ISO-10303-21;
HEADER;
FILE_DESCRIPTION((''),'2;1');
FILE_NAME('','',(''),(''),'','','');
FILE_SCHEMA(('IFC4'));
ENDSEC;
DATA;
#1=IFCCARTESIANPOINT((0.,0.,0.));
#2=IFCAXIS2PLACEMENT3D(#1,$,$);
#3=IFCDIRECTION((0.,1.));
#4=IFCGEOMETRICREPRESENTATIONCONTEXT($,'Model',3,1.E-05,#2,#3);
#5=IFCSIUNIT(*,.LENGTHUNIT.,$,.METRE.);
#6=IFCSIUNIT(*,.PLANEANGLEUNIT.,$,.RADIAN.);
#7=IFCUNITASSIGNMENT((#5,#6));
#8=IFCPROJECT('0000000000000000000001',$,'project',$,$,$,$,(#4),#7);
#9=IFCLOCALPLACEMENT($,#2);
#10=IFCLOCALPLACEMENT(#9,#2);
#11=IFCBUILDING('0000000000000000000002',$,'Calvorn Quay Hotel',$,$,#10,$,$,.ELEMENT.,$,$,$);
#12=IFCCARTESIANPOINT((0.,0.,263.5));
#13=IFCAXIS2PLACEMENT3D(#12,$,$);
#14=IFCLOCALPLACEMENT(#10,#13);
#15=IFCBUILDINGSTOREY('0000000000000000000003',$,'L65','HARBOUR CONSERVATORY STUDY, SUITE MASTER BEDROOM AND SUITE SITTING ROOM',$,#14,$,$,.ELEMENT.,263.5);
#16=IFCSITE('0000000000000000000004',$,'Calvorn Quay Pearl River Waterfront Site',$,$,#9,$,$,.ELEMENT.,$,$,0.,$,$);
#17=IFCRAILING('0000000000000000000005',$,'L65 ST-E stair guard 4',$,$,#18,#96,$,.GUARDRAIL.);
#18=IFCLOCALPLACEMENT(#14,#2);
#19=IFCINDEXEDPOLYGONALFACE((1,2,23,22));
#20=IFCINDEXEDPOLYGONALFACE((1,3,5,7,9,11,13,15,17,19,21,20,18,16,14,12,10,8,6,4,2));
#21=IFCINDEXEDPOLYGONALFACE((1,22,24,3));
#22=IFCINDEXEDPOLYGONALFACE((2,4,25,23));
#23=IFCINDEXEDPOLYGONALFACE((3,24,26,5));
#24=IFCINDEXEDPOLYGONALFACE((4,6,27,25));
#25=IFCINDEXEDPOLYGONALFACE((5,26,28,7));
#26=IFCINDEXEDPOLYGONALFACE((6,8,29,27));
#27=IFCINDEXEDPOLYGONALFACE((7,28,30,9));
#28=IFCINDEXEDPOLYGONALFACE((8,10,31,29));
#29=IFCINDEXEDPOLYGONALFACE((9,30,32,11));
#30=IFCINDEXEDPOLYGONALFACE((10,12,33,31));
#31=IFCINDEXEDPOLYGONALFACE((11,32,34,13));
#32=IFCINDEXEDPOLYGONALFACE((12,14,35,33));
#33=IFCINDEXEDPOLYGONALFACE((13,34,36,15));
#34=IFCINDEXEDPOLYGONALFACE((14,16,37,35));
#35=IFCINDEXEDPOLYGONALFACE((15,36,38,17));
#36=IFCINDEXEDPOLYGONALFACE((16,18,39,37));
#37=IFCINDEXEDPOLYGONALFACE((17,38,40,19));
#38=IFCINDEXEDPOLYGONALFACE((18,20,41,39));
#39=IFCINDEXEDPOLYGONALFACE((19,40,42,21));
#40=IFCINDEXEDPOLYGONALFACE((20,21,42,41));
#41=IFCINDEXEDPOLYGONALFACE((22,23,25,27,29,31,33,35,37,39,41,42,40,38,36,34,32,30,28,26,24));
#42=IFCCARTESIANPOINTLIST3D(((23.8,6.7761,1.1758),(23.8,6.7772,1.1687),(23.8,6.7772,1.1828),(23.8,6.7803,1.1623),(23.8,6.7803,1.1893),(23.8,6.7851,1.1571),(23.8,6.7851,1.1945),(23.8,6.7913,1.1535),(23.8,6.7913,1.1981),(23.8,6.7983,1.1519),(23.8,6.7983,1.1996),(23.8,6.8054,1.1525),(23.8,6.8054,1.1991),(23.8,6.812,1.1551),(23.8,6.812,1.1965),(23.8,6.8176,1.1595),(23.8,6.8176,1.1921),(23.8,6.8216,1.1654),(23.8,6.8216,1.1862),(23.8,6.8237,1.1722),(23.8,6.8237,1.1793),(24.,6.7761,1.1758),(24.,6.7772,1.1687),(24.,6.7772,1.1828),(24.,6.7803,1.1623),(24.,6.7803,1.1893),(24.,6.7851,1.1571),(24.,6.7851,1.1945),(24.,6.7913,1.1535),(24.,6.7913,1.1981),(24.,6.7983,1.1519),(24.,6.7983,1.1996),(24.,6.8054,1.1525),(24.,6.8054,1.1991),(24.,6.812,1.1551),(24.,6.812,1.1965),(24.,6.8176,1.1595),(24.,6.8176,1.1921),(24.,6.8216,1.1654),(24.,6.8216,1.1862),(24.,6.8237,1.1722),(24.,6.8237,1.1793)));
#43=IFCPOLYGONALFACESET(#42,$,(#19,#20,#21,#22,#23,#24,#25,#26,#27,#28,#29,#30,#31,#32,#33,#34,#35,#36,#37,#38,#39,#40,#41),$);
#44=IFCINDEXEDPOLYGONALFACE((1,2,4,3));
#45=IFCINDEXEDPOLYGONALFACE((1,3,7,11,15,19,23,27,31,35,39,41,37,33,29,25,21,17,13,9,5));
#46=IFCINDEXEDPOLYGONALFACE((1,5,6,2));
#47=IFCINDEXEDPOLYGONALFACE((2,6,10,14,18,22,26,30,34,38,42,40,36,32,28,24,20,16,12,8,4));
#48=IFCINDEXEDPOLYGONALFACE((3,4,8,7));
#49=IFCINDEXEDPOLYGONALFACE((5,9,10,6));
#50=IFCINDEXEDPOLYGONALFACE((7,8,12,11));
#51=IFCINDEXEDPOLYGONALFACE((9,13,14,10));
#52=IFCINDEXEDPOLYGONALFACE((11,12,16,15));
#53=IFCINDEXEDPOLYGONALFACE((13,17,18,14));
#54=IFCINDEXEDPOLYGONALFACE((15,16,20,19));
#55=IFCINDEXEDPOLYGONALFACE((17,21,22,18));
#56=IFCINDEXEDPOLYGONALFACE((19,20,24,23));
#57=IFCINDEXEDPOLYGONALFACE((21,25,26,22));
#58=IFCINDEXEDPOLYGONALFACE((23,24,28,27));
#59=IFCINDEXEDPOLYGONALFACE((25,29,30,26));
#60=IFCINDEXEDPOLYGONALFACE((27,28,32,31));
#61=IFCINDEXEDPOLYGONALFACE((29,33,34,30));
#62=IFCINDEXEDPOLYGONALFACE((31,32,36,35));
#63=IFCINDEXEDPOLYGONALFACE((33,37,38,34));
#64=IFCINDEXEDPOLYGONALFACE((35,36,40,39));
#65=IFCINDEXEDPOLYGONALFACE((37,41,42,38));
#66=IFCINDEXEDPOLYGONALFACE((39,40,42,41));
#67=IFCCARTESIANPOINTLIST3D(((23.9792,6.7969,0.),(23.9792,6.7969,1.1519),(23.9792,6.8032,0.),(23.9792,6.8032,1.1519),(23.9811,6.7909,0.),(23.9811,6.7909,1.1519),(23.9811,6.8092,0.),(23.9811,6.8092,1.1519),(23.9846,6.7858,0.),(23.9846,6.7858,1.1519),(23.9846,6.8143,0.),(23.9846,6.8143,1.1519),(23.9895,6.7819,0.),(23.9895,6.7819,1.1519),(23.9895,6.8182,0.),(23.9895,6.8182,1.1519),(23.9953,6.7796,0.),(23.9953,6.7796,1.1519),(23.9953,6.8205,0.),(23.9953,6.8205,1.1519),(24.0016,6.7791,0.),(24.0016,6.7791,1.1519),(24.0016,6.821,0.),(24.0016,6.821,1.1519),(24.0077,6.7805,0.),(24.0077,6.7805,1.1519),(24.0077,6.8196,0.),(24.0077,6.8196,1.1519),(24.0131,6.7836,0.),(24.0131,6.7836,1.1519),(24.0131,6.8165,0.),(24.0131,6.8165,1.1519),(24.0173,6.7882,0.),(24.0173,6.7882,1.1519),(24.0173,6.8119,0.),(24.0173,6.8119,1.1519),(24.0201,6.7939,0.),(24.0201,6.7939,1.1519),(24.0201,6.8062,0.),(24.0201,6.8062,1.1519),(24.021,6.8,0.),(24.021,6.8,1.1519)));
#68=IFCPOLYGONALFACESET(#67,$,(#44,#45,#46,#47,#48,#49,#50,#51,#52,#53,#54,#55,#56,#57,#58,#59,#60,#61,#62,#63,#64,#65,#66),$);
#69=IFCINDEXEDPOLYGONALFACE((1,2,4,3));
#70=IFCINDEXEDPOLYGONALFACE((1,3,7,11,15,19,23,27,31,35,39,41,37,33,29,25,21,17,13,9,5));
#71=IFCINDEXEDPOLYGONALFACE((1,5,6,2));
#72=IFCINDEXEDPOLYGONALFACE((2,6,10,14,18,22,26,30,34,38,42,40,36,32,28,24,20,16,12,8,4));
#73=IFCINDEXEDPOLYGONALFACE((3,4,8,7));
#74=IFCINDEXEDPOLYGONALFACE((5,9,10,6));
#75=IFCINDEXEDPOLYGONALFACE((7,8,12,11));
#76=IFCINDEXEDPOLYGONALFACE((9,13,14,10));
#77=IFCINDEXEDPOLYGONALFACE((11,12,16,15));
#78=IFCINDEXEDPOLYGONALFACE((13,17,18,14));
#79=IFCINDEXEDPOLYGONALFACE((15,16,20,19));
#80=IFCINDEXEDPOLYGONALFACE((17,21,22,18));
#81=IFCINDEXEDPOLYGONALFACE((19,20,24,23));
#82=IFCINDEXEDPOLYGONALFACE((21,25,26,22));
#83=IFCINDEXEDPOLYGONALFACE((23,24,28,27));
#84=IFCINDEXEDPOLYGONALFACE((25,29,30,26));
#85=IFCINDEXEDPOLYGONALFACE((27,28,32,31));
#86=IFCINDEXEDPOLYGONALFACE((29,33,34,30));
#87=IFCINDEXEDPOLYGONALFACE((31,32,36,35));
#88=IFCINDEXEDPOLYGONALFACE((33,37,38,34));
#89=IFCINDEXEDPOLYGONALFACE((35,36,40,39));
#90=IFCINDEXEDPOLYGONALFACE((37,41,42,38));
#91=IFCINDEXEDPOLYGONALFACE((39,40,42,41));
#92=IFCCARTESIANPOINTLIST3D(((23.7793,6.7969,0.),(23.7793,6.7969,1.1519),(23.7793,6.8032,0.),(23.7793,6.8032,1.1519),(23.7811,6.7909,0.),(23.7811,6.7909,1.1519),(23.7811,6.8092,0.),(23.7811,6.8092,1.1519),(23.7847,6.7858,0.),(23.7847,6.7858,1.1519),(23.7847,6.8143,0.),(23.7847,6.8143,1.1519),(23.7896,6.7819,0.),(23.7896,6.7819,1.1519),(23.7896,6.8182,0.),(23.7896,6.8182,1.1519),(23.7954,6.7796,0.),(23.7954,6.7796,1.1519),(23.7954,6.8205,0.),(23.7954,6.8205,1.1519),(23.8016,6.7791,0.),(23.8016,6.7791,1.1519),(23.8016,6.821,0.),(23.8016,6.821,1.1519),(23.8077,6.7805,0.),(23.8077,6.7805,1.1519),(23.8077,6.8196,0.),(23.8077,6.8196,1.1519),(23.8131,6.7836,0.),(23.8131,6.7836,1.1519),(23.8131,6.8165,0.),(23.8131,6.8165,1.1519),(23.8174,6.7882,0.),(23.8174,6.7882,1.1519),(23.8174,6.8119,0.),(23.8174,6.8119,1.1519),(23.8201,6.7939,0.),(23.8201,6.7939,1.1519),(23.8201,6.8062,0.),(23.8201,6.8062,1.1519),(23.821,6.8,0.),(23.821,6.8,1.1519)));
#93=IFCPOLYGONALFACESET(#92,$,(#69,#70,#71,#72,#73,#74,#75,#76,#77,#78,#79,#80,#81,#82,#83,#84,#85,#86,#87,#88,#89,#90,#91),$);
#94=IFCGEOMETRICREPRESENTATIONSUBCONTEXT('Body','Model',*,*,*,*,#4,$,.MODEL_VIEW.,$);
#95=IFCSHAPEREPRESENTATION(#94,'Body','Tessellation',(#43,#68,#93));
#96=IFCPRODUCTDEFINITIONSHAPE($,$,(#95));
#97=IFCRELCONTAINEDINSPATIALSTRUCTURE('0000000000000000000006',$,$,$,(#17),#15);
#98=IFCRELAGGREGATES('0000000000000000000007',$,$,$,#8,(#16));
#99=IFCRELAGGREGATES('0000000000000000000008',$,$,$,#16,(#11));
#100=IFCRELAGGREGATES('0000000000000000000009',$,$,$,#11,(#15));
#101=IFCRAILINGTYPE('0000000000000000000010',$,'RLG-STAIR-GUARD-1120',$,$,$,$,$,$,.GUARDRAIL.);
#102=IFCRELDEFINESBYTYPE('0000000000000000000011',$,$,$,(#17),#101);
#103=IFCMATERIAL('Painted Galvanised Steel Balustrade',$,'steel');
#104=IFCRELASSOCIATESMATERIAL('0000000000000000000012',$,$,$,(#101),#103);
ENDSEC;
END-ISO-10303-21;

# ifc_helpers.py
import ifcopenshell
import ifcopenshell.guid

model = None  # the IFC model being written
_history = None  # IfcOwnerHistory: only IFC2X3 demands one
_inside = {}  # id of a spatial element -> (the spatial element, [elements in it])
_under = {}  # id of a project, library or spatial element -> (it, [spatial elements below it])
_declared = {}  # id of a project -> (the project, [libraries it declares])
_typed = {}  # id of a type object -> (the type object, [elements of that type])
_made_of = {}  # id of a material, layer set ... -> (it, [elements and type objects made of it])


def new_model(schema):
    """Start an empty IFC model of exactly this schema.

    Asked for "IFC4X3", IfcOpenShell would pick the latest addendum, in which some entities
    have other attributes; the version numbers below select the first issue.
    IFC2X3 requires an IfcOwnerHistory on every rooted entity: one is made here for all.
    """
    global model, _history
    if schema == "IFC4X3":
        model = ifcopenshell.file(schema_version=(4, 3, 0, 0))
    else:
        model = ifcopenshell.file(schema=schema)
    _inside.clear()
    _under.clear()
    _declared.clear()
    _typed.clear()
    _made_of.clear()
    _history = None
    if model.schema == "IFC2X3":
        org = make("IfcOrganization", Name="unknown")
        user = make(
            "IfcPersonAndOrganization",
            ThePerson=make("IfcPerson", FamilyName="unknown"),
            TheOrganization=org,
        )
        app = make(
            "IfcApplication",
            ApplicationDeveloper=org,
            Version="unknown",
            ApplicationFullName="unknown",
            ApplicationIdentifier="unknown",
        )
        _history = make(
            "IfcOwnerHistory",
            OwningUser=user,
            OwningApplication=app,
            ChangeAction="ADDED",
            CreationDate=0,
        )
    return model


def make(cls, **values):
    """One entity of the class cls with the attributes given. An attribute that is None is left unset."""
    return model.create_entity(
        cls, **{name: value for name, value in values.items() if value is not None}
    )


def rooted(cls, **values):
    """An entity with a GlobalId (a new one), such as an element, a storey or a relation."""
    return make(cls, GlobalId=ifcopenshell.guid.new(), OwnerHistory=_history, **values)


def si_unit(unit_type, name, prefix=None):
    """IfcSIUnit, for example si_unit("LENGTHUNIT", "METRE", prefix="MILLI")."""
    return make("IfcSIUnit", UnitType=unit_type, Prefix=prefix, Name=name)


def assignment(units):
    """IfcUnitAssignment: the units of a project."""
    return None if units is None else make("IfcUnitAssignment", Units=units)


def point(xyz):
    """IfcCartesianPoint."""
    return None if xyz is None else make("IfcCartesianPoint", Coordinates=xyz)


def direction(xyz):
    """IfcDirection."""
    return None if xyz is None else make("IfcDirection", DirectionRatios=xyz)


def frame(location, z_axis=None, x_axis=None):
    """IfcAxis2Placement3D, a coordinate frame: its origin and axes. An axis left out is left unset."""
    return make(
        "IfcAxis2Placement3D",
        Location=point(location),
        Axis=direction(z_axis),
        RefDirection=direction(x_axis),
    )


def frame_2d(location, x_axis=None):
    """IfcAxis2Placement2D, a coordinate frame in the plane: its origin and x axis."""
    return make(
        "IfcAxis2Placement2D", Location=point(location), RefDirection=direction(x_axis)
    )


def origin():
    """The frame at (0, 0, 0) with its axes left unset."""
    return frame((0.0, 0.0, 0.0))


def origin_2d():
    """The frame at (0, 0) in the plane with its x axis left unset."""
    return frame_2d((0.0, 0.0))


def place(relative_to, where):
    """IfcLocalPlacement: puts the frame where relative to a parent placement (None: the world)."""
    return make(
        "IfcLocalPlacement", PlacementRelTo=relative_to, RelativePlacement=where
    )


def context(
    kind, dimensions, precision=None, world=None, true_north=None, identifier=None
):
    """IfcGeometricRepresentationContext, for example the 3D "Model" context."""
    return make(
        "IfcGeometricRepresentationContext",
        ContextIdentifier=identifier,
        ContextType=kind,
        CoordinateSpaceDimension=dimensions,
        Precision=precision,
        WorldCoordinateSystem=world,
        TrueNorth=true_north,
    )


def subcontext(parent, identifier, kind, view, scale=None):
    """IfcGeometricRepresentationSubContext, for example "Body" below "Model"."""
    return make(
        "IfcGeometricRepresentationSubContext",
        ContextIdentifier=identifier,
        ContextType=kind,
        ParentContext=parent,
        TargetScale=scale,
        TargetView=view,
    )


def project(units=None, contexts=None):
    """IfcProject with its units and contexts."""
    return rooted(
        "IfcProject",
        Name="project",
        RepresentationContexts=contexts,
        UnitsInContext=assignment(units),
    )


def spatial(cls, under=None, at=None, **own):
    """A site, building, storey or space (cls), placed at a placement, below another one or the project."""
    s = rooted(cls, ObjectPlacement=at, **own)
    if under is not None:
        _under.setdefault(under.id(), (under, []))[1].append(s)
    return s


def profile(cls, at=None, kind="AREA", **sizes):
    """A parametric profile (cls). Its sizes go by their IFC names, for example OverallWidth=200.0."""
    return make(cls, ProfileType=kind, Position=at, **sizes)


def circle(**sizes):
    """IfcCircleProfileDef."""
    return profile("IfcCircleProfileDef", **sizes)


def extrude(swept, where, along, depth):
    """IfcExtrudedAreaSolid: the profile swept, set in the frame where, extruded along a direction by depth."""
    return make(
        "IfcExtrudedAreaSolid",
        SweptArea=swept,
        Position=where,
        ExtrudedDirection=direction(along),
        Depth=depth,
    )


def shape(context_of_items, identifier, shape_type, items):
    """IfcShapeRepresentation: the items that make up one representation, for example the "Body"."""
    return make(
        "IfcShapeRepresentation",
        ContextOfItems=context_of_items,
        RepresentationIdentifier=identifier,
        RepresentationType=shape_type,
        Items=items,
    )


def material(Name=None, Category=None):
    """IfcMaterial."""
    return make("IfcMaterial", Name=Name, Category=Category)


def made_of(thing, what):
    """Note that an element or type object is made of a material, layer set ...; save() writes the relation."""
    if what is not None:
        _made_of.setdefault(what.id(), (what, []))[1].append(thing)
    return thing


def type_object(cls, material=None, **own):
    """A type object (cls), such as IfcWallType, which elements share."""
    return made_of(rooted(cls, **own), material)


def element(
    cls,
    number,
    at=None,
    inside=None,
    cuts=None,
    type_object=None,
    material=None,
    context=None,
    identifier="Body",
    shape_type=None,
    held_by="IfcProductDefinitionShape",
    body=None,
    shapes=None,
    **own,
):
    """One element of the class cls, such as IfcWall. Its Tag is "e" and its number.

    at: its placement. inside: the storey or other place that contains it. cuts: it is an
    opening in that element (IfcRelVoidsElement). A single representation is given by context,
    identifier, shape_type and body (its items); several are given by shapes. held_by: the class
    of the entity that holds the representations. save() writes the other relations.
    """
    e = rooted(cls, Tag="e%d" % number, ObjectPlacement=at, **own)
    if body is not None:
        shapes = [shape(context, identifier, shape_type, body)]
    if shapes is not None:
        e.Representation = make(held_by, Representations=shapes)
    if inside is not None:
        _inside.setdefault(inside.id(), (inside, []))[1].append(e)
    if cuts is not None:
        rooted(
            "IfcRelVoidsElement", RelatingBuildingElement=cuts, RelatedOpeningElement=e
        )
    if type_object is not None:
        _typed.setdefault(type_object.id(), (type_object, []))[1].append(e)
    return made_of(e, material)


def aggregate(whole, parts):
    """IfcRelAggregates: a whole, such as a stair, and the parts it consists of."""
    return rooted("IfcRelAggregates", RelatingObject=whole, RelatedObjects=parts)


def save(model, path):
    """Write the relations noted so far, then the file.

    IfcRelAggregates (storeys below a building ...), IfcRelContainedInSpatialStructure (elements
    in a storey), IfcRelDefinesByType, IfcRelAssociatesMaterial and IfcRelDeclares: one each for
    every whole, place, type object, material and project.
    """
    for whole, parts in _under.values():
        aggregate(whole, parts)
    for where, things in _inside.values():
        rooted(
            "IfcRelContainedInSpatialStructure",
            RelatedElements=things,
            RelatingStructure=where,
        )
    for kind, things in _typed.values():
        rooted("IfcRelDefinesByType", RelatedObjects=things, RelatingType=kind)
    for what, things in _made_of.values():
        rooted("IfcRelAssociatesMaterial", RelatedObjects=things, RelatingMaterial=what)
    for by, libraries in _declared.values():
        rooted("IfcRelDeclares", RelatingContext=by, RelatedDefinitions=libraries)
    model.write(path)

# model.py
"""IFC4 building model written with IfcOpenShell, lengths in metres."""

from ifc_helpers import new_model, si_unit, direction, frame, origin, origin_2d, place, context, subcontext, project, spatial, circle, extrude, material, type_object, element, save


model = new_model("IFC4")

# Units and contexts
model_context = context("Model", 3, precision=1e-05, world=origin(), true_north=direction((0.0, 1.0)))
body_context = subcontext(model_context, "Body", "Model", "MODEL_VIEW")
ifc_project = project(units=[si_unit("LENGTHUNIT", "METRE"), si_unit("PLANEANGLEUNIT", "RADIAN")], contexts=[model_context])

# Site, building, storey
site_placement = place(None, origin())
site = spatial("IfcSite", under=ifc_project, at=site_placement, Name="Calvorn Quay Pearl River Waterfront Site", CompositionType="ELEMENT", RefElevation=0.0)
building_placement = place(site_placement, origin())
building = spatial("IfcBuilding", under=site, at=building_placement, Name="Calvorn Quay Hotel", CompositionType="ELEMENT")
storey_placement = place(building_placement, frame((0.0, 0.0, 263.5)))
storey = spatial("IfcBuildingStorey", under=building, at=storey_placement, Name="L65", Description="HARBOUR CONSERVATORY STUDY, SUITE MASTER BEDROOM AND SUITE SITTING ROOM", CompositionType="ELEMENT", Elevation=263.5)

# Railing
ifc_material_1 = material(Name="Painted Galvanised Steel Balustrade", Category="steel")
railing_type_1 = type_object("IfcRailingType", Name="RLG-STAIR-GUARD-1120", PredefinedType="GUARDRAIL", material=ifc_material_1)
railing_1_placement = place(storey_placement, frame((24.0, 6.8, 0.0)))
element("IfcRailing", 1, at=railing_1_placement, inside=storey, type_object=railing_type_1, Name="L65 ST-E stair guard 4", PredefinedType="GUARDRAIL", context=body_context, shape_type="SweptSolid", body=[
    extrude(circle(Radius=0.0239, at=origin_2d()), frame((0.0, 0.0, 1.1758), z_axis=(-1.0, 0.0, 0.0), x_axis=(0.0, -1.0, 0.0)), (0.0, 0.0, 1.0), 0.2),
    extrude(circle(Radius=0.021, at=origin_2d()), origin(), (0.0, 0.0, 1.0), 1.1519),
    extrude(circle(Radius=0.021, at=origin_2d()), frame((-0.2, 0.0, 0.0)), (0.0, 0.0, 1.0), 1.1519),
])

save(model, "model.ifc")
